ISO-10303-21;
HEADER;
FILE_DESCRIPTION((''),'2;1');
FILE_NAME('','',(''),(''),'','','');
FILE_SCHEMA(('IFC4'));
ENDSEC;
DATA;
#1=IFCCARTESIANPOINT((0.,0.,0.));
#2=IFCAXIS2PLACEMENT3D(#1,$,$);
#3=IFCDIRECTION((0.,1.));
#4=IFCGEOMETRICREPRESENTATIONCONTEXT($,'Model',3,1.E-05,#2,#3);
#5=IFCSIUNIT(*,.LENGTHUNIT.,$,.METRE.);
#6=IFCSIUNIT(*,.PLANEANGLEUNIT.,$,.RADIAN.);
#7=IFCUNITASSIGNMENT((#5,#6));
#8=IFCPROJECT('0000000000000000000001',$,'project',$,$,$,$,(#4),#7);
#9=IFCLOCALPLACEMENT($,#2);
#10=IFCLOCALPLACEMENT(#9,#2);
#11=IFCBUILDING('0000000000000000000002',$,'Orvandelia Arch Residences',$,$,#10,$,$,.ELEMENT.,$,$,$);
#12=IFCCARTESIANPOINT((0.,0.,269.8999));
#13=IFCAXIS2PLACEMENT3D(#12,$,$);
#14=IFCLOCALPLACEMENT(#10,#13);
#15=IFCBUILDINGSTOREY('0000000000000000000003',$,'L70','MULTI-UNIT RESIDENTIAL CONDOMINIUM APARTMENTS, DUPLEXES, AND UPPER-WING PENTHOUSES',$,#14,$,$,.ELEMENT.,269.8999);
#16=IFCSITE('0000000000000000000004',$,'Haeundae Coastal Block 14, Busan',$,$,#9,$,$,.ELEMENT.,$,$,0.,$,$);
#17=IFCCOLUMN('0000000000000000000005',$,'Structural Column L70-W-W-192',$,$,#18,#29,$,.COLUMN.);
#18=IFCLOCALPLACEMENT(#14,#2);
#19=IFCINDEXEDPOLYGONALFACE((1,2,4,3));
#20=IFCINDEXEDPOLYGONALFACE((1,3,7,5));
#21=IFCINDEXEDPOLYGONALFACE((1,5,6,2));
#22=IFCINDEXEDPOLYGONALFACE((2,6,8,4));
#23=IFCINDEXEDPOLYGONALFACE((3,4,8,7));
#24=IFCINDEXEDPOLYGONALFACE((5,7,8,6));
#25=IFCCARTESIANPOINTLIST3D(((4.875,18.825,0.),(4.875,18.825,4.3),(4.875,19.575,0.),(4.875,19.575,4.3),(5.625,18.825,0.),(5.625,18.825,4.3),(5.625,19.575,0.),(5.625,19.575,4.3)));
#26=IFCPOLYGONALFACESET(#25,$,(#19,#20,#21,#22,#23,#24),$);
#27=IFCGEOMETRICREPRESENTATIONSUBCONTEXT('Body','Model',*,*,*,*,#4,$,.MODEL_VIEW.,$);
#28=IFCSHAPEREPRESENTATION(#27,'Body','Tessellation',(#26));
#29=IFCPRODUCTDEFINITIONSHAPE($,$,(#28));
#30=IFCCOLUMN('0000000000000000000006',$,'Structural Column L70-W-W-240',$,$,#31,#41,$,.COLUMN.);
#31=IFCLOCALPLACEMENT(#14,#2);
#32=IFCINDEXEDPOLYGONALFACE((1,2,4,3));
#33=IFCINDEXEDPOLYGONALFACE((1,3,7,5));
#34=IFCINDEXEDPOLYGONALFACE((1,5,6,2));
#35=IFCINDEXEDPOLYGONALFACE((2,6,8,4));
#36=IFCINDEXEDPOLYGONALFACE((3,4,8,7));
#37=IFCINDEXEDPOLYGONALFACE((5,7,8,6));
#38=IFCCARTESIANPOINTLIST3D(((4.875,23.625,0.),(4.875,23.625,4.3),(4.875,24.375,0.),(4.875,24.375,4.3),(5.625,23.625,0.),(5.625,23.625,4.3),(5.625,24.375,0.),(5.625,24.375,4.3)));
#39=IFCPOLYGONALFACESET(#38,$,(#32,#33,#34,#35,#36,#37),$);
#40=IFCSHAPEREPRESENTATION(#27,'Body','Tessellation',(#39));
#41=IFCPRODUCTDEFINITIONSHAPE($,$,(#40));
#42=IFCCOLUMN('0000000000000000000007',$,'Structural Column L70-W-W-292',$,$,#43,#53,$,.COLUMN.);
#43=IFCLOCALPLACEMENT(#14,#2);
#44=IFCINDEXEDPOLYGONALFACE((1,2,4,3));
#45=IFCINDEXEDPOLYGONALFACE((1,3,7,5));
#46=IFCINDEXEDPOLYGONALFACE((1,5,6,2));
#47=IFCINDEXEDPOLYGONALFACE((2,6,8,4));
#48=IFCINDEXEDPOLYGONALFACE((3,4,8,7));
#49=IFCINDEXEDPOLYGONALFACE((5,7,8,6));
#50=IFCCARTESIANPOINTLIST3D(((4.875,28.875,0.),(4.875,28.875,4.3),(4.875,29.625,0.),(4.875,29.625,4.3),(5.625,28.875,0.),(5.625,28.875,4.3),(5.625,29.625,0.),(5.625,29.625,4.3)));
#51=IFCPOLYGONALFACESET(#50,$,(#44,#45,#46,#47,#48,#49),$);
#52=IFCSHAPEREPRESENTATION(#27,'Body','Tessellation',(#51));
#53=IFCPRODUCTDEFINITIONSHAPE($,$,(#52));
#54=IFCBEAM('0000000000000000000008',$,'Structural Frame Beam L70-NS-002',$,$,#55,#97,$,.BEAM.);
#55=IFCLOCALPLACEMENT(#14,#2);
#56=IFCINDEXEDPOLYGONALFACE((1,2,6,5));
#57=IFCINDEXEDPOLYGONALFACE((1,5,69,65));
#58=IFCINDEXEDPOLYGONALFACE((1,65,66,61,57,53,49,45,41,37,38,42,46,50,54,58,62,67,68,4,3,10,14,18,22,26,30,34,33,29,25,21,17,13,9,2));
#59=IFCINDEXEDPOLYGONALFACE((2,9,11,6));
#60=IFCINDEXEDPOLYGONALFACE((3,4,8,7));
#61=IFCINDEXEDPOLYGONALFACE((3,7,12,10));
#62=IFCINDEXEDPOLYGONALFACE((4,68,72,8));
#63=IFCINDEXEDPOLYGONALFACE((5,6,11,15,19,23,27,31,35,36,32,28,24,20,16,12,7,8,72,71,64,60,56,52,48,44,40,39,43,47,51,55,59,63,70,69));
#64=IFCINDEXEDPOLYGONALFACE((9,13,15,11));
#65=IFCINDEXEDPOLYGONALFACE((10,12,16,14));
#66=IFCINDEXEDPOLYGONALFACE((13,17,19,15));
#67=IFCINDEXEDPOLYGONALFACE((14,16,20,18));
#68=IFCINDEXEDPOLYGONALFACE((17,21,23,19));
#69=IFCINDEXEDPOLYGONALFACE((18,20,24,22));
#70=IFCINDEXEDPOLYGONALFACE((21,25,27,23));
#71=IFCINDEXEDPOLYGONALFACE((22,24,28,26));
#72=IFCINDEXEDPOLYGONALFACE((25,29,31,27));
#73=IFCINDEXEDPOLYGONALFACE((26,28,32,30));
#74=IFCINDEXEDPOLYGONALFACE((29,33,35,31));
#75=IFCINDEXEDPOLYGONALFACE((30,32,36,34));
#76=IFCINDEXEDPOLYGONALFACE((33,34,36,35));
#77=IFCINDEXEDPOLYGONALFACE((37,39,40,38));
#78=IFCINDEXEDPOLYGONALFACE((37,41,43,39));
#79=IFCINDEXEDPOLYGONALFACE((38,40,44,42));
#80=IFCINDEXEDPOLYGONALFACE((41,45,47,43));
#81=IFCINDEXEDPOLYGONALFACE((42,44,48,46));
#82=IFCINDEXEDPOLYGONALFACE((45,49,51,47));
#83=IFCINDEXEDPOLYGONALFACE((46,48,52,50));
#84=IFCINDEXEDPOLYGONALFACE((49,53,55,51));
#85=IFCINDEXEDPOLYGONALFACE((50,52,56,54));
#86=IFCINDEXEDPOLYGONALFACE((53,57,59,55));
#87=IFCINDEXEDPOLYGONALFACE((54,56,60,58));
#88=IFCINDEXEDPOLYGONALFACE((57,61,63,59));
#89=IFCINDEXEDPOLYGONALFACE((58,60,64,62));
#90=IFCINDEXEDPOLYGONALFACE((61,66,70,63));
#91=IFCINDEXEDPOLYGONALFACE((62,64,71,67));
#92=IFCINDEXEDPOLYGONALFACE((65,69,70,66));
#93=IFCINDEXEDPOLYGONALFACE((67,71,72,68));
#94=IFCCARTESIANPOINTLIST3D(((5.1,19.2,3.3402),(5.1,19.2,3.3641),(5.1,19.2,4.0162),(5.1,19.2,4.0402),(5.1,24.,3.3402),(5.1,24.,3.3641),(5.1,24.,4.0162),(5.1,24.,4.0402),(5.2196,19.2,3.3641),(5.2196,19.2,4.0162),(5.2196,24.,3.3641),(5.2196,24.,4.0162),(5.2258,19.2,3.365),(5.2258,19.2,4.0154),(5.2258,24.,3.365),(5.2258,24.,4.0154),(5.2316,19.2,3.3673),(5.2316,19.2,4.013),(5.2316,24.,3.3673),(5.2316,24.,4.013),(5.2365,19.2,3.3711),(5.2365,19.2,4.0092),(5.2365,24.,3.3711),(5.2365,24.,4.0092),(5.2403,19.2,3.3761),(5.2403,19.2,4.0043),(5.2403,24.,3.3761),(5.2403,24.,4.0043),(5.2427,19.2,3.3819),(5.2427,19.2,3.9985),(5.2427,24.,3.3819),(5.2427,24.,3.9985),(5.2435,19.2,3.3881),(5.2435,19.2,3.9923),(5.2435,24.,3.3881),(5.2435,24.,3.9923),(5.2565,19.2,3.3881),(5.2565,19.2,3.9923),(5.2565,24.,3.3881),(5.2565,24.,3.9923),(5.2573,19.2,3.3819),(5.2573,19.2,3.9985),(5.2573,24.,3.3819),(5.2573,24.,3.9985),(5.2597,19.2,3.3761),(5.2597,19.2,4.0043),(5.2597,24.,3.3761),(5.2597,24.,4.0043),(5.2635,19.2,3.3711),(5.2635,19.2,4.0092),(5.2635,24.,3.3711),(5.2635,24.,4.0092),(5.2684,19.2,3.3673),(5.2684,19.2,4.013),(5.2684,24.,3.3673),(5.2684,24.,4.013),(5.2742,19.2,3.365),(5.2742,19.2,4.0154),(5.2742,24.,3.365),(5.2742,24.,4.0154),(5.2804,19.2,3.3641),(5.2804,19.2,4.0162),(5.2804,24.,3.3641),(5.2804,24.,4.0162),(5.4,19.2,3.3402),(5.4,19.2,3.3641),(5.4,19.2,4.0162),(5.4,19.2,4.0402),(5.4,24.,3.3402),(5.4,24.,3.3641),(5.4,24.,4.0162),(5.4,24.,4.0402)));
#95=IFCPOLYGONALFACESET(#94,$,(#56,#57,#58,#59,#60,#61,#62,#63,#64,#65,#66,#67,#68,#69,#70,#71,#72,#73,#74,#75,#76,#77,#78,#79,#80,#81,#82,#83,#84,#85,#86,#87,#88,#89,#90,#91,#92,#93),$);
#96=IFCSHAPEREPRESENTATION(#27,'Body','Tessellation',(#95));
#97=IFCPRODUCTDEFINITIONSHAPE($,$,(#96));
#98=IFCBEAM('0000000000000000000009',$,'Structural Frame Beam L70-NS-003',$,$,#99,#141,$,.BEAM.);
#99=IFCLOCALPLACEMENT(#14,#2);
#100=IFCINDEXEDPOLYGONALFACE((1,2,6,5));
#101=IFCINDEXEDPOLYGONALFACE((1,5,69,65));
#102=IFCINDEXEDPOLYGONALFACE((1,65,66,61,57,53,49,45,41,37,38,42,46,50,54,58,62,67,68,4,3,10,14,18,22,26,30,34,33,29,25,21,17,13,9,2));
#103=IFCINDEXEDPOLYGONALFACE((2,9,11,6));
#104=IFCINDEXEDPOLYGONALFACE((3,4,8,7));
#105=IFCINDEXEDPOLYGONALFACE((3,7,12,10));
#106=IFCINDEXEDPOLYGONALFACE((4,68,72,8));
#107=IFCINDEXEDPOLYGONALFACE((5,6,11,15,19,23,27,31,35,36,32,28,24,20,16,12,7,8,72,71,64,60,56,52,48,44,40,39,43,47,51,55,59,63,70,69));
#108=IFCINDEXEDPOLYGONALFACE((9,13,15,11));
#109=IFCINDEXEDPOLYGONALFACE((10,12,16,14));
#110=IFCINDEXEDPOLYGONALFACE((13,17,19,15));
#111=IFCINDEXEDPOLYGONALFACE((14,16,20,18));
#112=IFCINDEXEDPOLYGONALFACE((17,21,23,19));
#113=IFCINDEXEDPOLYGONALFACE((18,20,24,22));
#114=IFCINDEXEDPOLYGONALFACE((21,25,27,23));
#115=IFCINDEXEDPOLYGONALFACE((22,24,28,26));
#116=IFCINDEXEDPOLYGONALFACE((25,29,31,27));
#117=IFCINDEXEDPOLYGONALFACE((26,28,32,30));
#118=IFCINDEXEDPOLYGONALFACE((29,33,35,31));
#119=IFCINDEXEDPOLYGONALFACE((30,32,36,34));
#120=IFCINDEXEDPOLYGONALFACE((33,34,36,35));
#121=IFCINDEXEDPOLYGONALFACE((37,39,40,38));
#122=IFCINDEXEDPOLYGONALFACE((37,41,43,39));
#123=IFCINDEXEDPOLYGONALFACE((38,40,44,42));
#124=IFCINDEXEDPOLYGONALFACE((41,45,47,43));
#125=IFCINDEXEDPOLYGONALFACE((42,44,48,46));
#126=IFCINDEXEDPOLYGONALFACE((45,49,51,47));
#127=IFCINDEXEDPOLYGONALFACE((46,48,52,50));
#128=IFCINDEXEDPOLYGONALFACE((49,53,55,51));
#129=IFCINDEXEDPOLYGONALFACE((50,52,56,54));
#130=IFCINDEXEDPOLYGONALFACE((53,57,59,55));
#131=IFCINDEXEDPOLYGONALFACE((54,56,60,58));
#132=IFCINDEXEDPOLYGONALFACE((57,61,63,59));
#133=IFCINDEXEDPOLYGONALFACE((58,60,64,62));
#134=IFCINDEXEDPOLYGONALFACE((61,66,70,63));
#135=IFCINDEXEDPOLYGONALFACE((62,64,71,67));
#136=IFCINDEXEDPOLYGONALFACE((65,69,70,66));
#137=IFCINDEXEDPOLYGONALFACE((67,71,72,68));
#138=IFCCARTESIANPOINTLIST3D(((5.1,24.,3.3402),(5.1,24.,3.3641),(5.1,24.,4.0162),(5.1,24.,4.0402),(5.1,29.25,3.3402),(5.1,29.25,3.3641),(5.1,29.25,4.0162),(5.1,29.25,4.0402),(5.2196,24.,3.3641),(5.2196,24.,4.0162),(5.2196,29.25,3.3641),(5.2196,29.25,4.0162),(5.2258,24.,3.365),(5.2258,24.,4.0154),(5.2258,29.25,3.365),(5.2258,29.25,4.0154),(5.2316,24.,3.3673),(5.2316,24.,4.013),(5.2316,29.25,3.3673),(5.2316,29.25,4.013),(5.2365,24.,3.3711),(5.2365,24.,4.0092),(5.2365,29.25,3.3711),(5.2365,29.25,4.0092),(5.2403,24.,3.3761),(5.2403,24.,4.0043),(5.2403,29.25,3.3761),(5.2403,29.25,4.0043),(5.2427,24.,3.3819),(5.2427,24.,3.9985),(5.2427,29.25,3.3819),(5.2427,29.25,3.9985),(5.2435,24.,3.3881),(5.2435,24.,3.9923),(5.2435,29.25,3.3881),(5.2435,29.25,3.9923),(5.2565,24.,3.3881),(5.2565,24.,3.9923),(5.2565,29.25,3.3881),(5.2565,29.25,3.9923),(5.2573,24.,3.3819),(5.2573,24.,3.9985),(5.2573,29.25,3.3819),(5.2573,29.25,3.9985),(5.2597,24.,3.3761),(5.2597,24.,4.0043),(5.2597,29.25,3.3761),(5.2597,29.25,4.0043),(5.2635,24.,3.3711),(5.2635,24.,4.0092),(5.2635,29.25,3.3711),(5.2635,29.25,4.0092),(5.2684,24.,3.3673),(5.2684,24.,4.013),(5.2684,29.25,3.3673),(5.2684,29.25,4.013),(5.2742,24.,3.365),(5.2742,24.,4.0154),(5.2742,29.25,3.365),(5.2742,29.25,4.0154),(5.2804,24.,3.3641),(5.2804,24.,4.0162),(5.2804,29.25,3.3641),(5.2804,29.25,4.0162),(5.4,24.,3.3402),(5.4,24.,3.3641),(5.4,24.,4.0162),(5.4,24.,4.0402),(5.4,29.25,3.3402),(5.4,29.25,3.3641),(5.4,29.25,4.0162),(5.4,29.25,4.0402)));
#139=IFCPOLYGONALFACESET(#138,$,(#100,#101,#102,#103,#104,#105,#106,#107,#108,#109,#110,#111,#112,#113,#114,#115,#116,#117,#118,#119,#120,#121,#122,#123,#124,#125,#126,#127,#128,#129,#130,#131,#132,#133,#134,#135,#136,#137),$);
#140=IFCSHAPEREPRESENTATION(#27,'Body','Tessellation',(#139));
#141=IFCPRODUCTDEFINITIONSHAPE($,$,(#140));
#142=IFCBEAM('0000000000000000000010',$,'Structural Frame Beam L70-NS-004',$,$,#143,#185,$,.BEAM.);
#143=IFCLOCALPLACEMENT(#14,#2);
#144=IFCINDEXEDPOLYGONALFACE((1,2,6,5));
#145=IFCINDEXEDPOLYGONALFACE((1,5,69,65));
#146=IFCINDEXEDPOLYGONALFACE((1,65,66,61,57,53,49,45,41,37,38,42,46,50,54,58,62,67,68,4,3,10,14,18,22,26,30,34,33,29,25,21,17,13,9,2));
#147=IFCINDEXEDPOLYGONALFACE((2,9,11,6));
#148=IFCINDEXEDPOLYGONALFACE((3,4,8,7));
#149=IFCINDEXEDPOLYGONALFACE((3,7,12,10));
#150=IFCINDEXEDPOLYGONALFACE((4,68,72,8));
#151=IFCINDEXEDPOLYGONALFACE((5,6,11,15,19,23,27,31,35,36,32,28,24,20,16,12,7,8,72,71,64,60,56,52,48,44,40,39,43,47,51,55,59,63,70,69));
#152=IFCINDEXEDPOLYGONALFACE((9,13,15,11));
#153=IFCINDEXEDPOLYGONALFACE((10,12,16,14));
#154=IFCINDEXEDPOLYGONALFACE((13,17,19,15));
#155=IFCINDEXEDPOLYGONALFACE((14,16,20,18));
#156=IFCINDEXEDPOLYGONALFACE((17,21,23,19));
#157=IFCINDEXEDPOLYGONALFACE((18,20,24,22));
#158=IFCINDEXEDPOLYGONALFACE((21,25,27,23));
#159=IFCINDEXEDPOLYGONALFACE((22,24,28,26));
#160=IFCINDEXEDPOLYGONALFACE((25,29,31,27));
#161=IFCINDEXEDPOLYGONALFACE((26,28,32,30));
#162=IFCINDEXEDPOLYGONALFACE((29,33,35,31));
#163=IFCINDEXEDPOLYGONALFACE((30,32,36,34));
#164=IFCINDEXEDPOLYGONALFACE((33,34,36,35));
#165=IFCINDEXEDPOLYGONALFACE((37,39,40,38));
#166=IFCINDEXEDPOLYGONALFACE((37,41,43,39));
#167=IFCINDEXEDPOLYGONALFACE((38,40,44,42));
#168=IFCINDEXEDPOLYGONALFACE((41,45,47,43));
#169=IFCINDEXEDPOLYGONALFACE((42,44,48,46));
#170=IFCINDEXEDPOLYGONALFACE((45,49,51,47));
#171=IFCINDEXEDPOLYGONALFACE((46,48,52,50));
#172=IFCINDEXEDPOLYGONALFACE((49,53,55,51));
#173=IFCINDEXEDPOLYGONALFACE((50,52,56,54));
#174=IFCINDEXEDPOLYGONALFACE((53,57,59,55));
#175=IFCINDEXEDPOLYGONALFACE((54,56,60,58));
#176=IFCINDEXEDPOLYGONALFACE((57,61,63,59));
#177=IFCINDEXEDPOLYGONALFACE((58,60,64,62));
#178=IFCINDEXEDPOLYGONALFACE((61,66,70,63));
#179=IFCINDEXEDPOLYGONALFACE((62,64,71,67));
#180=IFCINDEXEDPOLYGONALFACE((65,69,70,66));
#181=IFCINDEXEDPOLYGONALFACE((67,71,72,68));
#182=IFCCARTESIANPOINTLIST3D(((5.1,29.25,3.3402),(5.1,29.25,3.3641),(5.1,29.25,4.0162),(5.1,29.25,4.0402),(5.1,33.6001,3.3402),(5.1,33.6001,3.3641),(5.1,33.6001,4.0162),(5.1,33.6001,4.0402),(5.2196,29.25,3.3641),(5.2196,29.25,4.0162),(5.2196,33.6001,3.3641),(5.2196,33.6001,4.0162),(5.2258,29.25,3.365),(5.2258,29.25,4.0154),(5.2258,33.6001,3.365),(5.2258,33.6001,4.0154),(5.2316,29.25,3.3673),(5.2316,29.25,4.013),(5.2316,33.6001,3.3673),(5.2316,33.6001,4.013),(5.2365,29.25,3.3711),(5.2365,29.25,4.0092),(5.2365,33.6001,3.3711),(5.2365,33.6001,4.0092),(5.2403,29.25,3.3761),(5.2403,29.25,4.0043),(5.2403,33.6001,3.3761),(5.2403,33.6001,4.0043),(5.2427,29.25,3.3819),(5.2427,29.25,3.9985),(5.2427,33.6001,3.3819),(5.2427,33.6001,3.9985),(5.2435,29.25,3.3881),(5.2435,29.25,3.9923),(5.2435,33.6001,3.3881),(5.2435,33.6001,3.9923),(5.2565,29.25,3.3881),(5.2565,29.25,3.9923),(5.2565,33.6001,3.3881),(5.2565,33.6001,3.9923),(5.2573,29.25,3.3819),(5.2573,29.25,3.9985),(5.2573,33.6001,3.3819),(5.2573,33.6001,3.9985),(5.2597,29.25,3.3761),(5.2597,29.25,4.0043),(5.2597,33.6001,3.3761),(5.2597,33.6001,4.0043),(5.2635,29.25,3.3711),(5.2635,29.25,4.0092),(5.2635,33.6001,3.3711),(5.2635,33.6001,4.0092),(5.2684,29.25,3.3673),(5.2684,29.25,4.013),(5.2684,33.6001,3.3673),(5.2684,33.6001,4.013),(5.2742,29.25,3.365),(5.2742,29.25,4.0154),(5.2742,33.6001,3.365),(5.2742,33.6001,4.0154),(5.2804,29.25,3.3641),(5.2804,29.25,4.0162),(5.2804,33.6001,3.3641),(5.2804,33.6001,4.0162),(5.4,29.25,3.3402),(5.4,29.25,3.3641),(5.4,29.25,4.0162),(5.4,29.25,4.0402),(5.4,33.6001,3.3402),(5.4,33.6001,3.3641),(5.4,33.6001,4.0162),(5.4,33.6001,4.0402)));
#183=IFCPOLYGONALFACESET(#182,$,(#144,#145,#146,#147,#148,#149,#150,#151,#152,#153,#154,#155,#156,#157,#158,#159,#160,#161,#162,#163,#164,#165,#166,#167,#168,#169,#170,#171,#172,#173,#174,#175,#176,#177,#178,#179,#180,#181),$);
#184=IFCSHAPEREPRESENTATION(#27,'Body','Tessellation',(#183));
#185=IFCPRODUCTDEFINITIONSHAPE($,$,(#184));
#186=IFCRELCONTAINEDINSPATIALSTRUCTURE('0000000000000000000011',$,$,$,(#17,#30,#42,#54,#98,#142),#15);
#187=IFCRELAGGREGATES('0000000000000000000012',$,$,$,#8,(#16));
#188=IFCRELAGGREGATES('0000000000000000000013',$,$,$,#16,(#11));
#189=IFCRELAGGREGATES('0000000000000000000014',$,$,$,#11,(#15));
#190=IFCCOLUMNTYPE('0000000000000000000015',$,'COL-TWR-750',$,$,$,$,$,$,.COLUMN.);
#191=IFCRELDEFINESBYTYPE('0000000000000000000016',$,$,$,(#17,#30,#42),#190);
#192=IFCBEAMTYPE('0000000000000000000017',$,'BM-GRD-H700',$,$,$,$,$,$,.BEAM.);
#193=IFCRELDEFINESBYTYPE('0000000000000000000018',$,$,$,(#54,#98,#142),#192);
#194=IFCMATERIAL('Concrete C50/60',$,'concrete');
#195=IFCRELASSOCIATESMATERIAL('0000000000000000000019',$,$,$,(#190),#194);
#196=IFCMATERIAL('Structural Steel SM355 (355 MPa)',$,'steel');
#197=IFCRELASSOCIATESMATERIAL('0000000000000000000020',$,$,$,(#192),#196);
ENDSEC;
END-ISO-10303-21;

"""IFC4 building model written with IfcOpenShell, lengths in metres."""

from ifc_helpers import new_model, si_unit, direction, frame, origin, origin_2d, place, context, subcontext, project, spatial, rectangle, i_section, extrude, material, material_profile, profile_set, type_object, element, save


model = new_model("IFC4")

# Units and contexts
model_context = context("Model", 3, precision=1e-05, world=origin(), true_north=direction((0.0, 1.0)))
body_context = subcontext(model_context, "Body", "Model", "MODEL_VIEW")
ifc_project = project(units=[si_unit("LENGTHUNIT", "METRE"), si_unit("PLANEANGLEUNIT", "RADIAN")], contexts=[model_context])

# Site, building, storey
site_placement = place(None, origin())
site = spatial("IfcSite", under=ifc_project, at=site_placement, Name="Haeundae Coastal Block 14, Busan", CompositionType="ELEMENT", RefElevation=0.0)
building_placement = place(site_placement, origin())
building = spatial("IfcBuilding", under=site, at=building_placement, Name="Orvandelia Arch Residences", CompositionType="ELEMENT")
storey_placement = place(building_placement, frame((0.0, 0.0, 269.8999)))
storey = spatial("IfcBuildingStorey", under=building, at=storey_placement, Name="L70", Description="MULTI-UNIT RESIDENTIAL CONDOMINIUM APARTMENTS, DUPLEXES, AND UPPER-WING PENTHOUSES", CompositionType="ELEMENT", Elevation=269.8999)

# Columns
ifc_material_1 = material(Name="Concrete C50/60", Category="concrete")
ifc_material_profile_1 = material_profile(ifc_material_1, rectangle(XDim=0.75, YDim=0.75, at=origin_2d()), Name="Concrete C50/60", Category="concrete")
ifc_profile_set_1 = profile_set([ifc_material_profile_1], Name="Concrete C50/60")
column_type = type_object("IfcColumnType", Name="COL-TWR-750", PredefinedType="COLUMN", material=ifc_profile_set_1)
for number, where, z_axis, x_axis, name in (
    (1, (5.25, 19.2, 0.0), (0.0, 0.0, 1.0), (1.0, 0.0, 0.0), "Structural Column L70-W-W-192"),
    (2, (5.25, 24.0, 0.0), (0.0, 0.0, 1.0), (1.0, 0.0, 0.0), "Structural Column L70-W-W-240"),
    (3, (5.25, 29.25, 0.0), (0.0, 0.0, 1.0), (1.0, 0.0, 0.0), "Structural Column L70-W-W-292"),
):
    element("IfcColumn", number, at=place(storey_placement, frame(where, z_axis=z_axis, x_axis=x_axis)), inside=storey, type_object=column_type, Name=name, PredefinedType="COLUMN", context=body_context, shape_type="SweptSolid", body=[
        extrude(rectangle(XDim=0.75, YDim=0.75, at=origin_2d()), origin(), (0.0, 0.0, 1.0), 4.3),
    ])

# Beams
ifc_material_2 = material(Name="Structural Steel SM355 (355 MPa)", Category="steel")
ifc_material_profile_2 = material_profile(ifc_material_2, i_section(OverallWidth=0.3, OverallDepth=0.7, WebThickness=0.0129, FlangeThickness=0.0239, FilletRadius=0.0239, at=origin_2d()), Name="Structural Steel SM355 (355 MPa)", Category="steel")
ifc_profile_set_2 = profile_set([ifc_material_profile_2], Name="Structural Steel SM355 (355 MPa)")
beam_type = type_object("IfcBeamType", Name="BM-GRD-H700", PredefinedType="BEAM", material=ifc_profile_set_2)
beam_1_placement = place(storey_placement, frame((5.25, 19.2, 3.6902), z_axis=(0.0, 1.0, 0.0), x_axis=(-1.0, 0.0, 0.0)))
element("IfcBeam", 4, at=beam_1_placement, inside=storey, type_object=beam_type, Name="Structural Frame Beam L70-NS-002", PredefinedType="BEAM", context=body_context, shape_type="SweptSolid", body=[
    extrude(i_section(OverallWidth=0.3, OverallDepth=0.7, WebThickness=0.0129, FlangeThickness=0.0239, FilletRadius=0.0239, at=origin_2d()), origin(), (0.0, 0.0, 1.0), 4.8),
])
beam_2_placement = place(storey_placement, frame((5.25, 24.0, 3.6902), z_axis=(0.0, 1.0, 0.0), x_axis=(-1.0, 0.0, 0.0)))
element("IfcBeam", 5, at=beam_2_placement, inside=storey, type_object=beam_type, Name="Structural Frame Beam L70-NS-003", PredefinedType="BEAM", context=body_context, shape_type="SweptSolid", body=[
    extrude(i_section(OverallWidth=0.3, OverallDepth=0.7, WebThickness=0.0129, FlangeThickness=0.0239, FilletRadius=0.0239, at=origin_2d()), origin(), (0.0, 0.0, 1.0), 5.25),
])
beam_3_placement = place(storey_placement, frame((5.25, 29.25, 3.6902), z_axis=(0.0, 1.0, 0.0), x_axis=(-1.0, 0.0, 0.0)))
element("IfcBeam", 6, at=beam_3_placement, inside=storey, type_object=beam_type, Name="Structural Frame Beam L70-NS-004", PredefinedType="BEAM", context=body_context, shape_type="SweptSolid", body=[
    extrude(i_section(OverallWidth=0.3, OverallDepth=0.7, WebThickness=0.0129, FlangeThickness=0.0239, FilletRadius=0.0239, at=origin_2d()), origin(), (0.0, 0.0, 1.0), 4.3501),
])

save(model, "model.ifc")
